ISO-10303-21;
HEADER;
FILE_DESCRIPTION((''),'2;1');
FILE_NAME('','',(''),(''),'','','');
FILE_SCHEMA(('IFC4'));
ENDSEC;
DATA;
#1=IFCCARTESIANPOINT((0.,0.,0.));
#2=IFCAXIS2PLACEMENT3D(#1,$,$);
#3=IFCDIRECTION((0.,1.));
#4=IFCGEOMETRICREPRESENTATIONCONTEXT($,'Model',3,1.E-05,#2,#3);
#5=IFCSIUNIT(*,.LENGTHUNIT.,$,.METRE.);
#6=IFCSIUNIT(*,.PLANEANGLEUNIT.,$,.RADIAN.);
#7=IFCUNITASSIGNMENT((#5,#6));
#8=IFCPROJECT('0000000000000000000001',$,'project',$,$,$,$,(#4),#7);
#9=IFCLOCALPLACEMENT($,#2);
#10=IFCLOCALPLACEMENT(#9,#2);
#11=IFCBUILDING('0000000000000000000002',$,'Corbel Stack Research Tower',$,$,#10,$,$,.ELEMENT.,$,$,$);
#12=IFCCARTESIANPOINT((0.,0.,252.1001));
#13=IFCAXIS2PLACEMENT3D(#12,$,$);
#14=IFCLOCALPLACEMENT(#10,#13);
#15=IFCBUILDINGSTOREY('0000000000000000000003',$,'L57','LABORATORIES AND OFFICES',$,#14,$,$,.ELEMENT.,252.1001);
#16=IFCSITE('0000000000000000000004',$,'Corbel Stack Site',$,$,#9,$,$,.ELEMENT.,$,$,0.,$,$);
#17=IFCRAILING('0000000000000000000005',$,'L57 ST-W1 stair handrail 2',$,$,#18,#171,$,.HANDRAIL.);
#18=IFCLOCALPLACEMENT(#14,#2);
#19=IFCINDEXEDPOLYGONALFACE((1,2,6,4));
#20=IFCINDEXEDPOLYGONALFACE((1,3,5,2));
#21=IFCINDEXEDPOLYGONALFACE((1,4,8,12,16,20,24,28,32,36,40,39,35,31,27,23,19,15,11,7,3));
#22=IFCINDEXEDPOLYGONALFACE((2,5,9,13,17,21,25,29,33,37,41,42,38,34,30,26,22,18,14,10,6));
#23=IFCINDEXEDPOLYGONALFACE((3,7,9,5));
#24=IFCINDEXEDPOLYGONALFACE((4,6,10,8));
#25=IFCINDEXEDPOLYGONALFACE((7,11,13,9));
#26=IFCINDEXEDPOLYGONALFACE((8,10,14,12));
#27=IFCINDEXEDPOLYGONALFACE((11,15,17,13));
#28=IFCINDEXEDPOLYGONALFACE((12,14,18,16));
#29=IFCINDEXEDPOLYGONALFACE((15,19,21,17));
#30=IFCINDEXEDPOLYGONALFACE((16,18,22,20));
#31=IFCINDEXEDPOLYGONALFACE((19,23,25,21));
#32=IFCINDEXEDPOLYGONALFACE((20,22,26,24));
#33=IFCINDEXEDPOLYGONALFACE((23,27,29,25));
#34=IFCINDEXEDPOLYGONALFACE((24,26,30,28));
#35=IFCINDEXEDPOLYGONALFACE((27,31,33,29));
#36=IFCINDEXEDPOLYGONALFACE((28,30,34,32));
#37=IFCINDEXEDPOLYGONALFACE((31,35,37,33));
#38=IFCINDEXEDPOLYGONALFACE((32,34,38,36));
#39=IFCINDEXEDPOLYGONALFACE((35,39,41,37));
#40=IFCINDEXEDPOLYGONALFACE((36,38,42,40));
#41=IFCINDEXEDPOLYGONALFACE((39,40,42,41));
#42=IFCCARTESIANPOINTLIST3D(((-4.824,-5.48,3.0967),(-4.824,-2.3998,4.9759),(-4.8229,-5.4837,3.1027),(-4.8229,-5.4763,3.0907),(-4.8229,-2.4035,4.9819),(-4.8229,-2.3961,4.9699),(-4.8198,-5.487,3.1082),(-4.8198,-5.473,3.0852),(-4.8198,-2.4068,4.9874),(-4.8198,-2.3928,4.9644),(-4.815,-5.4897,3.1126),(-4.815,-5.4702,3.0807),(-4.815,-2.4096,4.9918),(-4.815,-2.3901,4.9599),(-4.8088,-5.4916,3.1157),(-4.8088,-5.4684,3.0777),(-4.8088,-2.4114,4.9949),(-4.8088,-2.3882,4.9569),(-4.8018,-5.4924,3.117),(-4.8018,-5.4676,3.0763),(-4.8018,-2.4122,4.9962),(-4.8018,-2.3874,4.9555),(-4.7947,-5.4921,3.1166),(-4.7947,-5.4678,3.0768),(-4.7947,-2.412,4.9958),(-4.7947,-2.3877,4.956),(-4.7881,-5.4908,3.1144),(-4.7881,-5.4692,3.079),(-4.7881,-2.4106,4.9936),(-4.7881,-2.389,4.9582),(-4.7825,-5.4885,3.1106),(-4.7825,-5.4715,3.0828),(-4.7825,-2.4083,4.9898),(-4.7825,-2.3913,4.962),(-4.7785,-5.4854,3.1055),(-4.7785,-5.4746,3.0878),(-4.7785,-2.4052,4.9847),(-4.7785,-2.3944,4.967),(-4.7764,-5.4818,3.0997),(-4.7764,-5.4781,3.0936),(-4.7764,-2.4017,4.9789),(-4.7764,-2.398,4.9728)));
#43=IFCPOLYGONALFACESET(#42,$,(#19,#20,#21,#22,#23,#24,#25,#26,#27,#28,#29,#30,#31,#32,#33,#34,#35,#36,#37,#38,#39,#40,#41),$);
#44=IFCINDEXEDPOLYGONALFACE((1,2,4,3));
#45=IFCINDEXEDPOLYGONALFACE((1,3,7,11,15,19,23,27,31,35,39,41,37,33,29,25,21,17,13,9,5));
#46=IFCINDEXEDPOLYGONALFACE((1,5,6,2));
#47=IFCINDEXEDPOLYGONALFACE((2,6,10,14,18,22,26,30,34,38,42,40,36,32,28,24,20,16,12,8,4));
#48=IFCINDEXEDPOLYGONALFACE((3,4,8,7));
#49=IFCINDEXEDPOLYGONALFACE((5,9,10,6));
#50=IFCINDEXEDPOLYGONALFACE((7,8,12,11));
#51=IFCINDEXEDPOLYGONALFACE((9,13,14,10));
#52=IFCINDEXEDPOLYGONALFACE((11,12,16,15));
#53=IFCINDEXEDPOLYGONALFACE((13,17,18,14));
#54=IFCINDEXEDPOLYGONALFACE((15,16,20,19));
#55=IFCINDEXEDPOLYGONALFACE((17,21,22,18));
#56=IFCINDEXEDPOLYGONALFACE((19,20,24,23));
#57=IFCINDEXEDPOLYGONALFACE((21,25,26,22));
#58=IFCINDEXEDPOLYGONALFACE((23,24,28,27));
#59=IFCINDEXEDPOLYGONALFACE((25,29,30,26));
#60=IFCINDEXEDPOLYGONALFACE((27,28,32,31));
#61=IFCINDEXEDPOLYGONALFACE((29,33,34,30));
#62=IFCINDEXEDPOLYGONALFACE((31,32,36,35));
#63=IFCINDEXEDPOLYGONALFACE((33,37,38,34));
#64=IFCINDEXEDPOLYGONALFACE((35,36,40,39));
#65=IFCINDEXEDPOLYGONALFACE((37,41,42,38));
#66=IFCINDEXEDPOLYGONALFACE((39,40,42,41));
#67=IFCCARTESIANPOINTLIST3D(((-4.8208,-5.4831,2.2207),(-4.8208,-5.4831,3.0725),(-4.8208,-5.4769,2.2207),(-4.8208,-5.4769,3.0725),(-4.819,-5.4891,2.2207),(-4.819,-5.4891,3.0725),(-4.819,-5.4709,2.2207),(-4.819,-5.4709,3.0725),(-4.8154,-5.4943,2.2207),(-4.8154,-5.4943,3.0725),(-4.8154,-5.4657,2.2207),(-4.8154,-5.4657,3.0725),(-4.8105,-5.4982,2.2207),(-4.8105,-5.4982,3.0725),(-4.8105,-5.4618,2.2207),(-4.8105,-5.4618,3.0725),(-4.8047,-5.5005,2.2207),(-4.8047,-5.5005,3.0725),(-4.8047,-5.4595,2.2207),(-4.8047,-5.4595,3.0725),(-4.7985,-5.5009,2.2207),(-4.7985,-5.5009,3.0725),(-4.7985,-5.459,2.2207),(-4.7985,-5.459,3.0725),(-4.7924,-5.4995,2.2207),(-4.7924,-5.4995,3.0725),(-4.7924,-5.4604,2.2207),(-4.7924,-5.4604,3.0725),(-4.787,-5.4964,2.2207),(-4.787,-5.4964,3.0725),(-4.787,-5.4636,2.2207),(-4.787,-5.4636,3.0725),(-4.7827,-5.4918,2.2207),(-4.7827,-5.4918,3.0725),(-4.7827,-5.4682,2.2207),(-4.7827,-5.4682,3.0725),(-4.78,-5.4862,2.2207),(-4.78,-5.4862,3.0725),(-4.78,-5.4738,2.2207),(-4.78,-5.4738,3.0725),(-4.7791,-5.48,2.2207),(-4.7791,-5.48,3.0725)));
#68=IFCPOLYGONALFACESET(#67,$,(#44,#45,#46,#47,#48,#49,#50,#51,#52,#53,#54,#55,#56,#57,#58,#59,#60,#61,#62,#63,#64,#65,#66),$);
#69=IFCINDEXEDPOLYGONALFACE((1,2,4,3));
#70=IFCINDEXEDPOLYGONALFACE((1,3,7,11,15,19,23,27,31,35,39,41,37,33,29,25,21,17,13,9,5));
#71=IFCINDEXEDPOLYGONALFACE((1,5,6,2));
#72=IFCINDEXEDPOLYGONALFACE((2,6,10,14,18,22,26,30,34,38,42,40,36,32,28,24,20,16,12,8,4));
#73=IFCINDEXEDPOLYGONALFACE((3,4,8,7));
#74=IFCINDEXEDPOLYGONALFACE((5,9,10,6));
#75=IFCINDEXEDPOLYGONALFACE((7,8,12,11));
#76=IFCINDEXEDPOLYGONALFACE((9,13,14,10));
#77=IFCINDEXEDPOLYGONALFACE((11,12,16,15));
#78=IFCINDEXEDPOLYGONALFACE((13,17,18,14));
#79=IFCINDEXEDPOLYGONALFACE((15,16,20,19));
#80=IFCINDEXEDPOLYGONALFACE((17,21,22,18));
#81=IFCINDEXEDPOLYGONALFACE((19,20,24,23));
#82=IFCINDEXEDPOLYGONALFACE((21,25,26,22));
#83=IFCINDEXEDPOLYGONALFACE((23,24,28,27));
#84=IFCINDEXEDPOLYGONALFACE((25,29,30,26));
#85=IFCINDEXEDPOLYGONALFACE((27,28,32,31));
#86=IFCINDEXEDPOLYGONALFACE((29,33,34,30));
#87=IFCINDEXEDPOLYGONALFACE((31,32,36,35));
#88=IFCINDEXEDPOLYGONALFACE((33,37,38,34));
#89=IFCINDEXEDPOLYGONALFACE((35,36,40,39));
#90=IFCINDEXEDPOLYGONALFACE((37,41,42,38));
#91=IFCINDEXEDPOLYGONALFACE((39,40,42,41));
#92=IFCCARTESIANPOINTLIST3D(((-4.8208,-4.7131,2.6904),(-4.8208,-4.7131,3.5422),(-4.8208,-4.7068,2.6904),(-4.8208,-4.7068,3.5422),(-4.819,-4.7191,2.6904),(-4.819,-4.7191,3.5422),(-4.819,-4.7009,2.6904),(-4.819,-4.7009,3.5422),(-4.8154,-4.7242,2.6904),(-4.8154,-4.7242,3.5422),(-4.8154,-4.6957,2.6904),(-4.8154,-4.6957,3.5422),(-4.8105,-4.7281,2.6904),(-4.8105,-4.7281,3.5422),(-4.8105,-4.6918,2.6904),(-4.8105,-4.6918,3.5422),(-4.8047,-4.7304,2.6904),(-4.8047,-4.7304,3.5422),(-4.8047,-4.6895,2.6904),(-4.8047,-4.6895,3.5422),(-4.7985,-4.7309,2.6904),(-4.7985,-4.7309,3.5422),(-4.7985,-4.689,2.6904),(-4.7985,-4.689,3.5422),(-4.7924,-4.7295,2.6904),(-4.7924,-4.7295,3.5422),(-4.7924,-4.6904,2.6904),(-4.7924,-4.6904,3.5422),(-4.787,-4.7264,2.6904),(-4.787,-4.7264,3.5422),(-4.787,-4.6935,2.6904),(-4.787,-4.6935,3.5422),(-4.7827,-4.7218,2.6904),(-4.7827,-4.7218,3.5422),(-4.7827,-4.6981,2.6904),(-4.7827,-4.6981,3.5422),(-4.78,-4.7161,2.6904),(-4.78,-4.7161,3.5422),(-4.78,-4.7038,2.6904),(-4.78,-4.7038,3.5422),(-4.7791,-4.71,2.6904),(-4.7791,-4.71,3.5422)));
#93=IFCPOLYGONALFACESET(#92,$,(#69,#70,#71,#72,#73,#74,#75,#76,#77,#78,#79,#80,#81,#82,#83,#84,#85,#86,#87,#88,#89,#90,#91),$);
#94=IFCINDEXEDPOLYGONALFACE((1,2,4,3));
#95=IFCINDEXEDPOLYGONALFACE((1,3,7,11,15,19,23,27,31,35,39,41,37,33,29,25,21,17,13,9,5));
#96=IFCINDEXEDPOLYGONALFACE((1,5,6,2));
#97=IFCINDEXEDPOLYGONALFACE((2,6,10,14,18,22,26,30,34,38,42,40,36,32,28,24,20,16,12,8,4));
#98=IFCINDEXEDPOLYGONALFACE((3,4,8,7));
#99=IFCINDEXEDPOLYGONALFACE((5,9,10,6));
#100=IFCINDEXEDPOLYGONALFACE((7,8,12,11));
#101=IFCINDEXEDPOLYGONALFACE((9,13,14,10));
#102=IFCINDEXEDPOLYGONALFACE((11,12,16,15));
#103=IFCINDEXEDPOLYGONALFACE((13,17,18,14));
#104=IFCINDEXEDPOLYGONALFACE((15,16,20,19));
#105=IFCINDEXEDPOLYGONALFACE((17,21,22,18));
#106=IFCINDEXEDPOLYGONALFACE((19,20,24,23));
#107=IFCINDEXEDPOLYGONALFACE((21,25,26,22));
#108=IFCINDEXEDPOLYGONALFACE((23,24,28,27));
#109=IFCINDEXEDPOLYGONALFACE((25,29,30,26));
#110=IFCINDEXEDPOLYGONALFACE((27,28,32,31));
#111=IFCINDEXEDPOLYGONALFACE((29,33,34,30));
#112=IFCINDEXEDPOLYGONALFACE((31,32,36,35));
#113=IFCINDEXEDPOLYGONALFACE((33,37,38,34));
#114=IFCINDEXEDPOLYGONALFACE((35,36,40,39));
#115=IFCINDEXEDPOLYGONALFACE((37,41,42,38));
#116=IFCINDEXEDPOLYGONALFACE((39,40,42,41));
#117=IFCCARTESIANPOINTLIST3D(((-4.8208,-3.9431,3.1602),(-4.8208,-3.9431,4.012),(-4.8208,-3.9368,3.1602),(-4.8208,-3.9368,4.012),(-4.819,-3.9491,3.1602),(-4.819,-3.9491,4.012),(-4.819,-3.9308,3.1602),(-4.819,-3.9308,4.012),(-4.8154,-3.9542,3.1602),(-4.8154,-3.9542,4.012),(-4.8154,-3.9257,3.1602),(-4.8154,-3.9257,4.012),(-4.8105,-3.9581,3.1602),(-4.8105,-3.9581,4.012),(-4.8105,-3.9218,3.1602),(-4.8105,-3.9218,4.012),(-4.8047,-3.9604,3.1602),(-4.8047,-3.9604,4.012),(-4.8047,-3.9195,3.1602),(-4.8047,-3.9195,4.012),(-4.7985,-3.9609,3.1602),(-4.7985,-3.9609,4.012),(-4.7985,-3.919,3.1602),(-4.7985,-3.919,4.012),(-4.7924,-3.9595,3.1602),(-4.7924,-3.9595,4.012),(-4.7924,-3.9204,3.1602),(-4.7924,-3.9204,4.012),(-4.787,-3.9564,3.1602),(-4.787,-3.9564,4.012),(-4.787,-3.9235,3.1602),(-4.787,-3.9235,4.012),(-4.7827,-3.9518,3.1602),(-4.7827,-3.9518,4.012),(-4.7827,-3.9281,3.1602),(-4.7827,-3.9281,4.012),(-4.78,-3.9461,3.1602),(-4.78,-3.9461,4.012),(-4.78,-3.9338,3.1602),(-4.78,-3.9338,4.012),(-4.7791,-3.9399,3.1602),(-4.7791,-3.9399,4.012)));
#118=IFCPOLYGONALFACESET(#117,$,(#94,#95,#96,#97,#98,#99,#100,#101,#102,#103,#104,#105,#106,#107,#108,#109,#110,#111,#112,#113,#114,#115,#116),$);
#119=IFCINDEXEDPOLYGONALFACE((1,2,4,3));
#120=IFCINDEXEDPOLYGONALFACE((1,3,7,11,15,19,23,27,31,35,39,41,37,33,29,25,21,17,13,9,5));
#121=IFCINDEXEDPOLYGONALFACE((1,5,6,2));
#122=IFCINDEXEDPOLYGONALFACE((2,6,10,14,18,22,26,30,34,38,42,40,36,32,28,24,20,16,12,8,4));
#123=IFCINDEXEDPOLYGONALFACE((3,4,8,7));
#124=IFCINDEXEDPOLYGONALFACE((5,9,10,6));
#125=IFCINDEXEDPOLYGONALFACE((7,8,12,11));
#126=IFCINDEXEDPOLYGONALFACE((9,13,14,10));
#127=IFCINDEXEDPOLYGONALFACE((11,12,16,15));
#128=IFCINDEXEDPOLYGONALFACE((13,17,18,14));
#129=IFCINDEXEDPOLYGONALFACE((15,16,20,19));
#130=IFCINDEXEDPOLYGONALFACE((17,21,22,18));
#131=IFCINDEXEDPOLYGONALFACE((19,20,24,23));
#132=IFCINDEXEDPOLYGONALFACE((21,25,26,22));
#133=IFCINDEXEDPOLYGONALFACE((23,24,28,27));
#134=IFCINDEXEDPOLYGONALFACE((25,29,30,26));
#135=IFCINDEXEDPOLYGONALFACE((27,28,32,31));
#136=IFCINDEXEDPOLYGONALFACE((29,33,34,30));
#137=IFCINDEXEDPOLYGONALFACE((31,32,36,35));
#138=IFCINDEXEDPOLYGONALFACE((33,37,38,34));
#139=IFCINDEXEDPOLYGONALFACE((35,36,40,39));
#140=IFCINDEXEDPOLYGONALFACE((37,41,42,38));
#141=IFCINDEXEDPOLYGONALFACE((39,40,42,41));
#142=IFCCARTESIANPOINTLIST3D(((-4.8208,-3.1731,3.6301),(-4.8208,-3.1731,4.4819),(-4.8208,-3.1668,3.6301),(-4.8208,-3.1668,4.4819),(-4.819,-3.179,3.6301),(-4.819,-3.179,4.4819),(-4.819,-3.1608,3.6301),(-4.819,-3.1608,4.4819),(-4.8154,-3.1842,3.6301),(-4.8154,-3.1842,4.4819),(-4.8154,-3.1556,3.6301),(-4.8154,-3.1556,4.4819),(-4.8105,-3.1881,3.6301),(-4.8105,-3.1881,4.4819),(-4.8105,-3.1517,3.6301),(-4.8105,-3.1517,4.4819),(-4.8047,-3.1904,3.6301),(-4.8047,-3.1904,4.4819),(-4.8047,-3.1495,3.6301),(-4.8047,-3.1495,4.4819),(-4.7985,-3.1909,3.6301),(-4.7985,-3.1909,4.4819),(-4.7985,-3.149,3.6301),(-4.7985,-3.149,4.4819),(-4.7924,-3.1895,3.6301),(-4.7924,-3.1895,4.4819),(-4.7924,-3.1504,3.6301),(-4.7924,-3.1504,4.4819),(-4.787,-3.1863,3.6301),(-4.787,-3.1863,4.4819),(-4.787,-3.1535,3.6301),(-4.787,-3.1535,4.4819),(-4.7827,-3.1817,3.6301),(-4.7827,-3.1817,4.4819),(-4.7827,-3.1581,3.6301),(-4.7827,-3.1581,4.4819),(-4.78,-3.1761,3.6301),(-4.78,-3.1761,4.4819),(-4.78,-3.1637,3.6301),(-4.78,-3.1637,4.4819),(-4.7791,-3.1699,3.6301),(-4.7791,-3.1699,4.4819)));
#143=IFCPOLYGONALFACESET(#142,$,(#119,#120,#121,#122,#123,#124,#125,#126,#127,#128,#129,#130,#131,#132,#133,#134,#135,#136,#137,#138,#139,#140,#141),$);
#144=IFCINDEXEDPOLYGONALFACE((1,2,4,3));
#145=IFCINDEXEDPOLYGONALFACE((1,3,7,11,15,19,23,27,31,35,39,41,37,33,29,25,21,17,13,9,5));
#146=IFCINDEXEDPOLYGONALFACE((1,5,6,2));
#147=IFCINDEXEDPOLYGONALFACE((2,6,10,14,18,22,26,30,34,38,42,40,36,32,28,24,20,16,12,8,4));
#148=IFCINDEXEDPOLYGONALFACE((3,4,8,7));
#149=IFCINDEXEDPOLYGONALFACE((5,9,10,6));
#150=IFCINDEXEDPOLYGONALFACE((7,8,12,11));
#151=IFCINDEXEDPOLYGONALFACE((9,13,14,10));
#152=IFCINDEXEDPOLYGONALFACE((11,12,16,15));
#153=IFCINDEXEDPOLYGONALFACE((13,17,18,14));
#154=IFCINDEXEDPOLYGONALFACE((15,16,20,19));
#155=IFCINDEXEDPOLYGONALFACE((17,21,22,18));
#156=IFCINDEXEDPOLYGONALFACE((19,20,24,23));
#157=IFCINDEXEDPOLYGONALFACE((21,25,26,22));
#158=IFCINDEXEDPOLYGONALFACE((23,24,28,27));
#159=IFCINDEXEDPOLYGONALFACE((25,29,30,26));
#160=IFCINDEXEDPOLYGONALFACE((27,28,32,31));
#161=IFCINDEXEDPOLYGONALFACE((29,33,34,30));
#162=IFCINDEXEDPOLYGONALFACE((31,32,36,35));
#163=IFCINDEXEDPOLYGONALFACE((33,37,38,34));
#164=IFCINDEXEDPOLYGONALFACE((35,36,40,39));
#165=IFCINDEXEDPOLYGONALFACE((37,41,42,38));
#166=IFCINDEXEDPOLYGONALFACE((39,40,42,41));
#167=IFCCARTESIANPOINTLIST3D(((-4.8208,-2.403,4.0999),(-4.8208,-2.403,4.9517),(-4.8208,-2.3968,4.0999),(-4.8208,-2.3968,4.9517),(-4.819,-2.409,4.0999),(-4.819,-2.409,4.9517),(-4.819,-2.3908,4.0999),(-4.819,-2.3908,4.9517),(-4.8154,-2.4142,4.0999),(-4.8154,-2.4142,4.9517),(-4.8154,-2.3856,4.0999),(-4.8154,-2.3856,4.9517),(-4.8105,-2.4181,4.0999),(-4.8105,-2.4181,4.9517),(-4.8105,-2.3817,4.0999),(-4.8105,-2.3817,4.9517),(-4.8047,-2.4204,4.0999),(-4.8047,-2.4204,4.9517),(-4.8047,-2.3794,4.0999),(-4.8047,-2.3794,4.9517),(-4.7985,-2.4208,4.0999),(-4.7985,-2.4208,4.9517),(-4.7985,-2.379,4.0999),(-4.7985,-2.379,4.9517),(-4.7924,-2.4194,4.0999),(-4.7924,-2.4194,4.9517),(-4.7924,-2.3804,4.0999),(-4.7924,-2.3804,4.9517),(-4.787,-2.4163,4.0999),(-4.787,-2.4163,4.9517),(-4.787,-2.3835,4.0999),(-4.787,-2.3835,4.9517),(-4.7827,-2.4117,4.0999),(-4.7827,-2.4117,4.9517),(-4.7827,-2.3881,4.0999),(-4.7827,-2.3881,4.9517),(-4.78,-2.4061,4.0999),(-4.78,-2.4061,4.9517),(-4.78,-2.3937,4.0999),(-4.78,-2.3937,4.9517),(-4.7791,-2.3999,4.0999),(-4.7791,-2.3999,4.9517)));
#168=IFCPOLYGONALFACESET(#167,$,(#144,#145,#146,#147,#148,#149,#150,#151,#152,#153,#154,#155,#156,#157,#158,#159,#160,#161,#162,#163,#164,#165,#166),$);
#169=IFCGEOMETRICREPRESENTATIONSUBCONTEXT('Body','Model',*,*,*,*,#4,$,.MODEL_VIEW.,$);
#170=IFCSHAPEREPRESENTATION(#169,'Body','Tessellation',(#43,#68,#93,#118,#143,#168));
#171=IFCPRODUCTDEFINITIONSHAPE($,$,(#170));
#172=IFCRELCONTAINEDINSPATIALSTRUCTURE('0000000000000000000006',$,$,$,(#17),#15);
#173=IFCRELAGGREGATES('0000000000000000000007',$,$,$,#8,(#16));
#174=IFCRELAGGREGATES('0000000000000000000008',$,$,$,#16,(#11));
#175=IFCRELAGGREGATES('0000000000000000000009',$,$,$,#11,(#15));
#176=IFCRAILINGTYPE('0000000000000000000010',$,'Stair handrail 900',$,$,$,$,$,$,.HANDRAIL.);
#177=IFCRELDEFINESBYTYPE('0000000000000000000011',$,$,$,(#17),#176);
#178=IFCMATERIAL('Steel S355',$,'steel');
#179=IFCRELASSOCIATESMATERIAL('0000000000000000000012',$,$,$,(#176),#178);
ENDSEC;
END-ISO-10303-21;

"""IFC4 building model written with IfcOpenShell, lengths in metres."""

from ifc_helpers import new_model, si_unit, direction, frame, origin, origin_2d, place, context, subcontext, project, spatial, circle, extrude, material, type_object, element, save


model = new_model("IFC4")

# Units and contexts
model_context = context("Model", 3, precision=1e-05, world=origin(), true_north=direction((0.0, 1.0)))
body_context = subcontext(model_context, "Body", "Model", "MODEL_VIEW")
ifc_project = project(units=[si_unit("LENGTHUNIT", "METRE"), si_unit("PLANEANGLEUNIT", "RADIAN")], contexts=[model_context])

# Site, building, storey
site_placement = place(None, origin())
site = spatial("IfcSite", under=ifc_project, at=site_placement, Name="Corbel Stack Site", CompositionType="ELEMENT", RefElevation=0.0)
building_placement = place(site_placement, origin())
building = spatial("IfcBuilding", under=site, at=building_placement, Name="Corbel Stack Research Tower", CompositionType="ELEMENT")
storey_placement = place(building_placement, frame((0.0, 0.0, 252.1001)))
storey = spatial("IfcBuildingStorey", under=building, at=storey_placement, Name="L57", Description="LABORATORIES AND OFFICES", CompositionType="ELEMENT", Elevation=252.1001)

# Railing
ifc_material_1 = material(Name="Steel S355", Category="steel")
railing_type_1 = type_object("IfcRailingType", Name="Stair handrail 900", PredefinedType="HANDRAIL", material=ifc_material_1)
railing_1_placement = place(storey_placement, frame((-4.8, -5.48, 2.2207)))
element("IfcRailing", 1, at=railing_1_placement, inside=storey, type_object=railing_type_1, Name="L57 ST-W1 stair handrail 2", PredefinedType="HANDRAIL", context=body_context, shape_type="SweptSolid", body=[
    extrude(circle(Radius=0.0239, at=origin_2d()), frame((0.0, 0.0, 0.876), z_axis=(0.0, 0.853666, 0.52082), x_axis=(-1.0, 0.0, 0.0)), (0.0, 0.0, 1.0), 3.6082),
    extrude(circle(Radius=0.021, at=origin_2d()), origin(), (0.0, 0.0, 1.0), 0.8518),
    extrude(circle(Radius=0.021, at=origin_2d()), frame((0.0, 0.77, 0.4697)), (0.0, 0.0, 1.0), 0.8518),
    extrude(circle(Radius=0.021, at=origin_2d()), frame((0.0, 1.54, 0.9395)), (0.0, 0.0, 1.0), 0.8518),
    extrude(circle(Radius=0.021, at=origin_2d()), frame((0.0, 2.3101, 1.4094)), (0.0, 0.0, 1.0), 0.8518),
    extrude(circle(Radius=0.021, at=origin_2d()), frame((0.0, 3.0801, 1.8792)), (0.0, 0.0, 1.0), 0.8518),
])

save(model, "model.ifc")
